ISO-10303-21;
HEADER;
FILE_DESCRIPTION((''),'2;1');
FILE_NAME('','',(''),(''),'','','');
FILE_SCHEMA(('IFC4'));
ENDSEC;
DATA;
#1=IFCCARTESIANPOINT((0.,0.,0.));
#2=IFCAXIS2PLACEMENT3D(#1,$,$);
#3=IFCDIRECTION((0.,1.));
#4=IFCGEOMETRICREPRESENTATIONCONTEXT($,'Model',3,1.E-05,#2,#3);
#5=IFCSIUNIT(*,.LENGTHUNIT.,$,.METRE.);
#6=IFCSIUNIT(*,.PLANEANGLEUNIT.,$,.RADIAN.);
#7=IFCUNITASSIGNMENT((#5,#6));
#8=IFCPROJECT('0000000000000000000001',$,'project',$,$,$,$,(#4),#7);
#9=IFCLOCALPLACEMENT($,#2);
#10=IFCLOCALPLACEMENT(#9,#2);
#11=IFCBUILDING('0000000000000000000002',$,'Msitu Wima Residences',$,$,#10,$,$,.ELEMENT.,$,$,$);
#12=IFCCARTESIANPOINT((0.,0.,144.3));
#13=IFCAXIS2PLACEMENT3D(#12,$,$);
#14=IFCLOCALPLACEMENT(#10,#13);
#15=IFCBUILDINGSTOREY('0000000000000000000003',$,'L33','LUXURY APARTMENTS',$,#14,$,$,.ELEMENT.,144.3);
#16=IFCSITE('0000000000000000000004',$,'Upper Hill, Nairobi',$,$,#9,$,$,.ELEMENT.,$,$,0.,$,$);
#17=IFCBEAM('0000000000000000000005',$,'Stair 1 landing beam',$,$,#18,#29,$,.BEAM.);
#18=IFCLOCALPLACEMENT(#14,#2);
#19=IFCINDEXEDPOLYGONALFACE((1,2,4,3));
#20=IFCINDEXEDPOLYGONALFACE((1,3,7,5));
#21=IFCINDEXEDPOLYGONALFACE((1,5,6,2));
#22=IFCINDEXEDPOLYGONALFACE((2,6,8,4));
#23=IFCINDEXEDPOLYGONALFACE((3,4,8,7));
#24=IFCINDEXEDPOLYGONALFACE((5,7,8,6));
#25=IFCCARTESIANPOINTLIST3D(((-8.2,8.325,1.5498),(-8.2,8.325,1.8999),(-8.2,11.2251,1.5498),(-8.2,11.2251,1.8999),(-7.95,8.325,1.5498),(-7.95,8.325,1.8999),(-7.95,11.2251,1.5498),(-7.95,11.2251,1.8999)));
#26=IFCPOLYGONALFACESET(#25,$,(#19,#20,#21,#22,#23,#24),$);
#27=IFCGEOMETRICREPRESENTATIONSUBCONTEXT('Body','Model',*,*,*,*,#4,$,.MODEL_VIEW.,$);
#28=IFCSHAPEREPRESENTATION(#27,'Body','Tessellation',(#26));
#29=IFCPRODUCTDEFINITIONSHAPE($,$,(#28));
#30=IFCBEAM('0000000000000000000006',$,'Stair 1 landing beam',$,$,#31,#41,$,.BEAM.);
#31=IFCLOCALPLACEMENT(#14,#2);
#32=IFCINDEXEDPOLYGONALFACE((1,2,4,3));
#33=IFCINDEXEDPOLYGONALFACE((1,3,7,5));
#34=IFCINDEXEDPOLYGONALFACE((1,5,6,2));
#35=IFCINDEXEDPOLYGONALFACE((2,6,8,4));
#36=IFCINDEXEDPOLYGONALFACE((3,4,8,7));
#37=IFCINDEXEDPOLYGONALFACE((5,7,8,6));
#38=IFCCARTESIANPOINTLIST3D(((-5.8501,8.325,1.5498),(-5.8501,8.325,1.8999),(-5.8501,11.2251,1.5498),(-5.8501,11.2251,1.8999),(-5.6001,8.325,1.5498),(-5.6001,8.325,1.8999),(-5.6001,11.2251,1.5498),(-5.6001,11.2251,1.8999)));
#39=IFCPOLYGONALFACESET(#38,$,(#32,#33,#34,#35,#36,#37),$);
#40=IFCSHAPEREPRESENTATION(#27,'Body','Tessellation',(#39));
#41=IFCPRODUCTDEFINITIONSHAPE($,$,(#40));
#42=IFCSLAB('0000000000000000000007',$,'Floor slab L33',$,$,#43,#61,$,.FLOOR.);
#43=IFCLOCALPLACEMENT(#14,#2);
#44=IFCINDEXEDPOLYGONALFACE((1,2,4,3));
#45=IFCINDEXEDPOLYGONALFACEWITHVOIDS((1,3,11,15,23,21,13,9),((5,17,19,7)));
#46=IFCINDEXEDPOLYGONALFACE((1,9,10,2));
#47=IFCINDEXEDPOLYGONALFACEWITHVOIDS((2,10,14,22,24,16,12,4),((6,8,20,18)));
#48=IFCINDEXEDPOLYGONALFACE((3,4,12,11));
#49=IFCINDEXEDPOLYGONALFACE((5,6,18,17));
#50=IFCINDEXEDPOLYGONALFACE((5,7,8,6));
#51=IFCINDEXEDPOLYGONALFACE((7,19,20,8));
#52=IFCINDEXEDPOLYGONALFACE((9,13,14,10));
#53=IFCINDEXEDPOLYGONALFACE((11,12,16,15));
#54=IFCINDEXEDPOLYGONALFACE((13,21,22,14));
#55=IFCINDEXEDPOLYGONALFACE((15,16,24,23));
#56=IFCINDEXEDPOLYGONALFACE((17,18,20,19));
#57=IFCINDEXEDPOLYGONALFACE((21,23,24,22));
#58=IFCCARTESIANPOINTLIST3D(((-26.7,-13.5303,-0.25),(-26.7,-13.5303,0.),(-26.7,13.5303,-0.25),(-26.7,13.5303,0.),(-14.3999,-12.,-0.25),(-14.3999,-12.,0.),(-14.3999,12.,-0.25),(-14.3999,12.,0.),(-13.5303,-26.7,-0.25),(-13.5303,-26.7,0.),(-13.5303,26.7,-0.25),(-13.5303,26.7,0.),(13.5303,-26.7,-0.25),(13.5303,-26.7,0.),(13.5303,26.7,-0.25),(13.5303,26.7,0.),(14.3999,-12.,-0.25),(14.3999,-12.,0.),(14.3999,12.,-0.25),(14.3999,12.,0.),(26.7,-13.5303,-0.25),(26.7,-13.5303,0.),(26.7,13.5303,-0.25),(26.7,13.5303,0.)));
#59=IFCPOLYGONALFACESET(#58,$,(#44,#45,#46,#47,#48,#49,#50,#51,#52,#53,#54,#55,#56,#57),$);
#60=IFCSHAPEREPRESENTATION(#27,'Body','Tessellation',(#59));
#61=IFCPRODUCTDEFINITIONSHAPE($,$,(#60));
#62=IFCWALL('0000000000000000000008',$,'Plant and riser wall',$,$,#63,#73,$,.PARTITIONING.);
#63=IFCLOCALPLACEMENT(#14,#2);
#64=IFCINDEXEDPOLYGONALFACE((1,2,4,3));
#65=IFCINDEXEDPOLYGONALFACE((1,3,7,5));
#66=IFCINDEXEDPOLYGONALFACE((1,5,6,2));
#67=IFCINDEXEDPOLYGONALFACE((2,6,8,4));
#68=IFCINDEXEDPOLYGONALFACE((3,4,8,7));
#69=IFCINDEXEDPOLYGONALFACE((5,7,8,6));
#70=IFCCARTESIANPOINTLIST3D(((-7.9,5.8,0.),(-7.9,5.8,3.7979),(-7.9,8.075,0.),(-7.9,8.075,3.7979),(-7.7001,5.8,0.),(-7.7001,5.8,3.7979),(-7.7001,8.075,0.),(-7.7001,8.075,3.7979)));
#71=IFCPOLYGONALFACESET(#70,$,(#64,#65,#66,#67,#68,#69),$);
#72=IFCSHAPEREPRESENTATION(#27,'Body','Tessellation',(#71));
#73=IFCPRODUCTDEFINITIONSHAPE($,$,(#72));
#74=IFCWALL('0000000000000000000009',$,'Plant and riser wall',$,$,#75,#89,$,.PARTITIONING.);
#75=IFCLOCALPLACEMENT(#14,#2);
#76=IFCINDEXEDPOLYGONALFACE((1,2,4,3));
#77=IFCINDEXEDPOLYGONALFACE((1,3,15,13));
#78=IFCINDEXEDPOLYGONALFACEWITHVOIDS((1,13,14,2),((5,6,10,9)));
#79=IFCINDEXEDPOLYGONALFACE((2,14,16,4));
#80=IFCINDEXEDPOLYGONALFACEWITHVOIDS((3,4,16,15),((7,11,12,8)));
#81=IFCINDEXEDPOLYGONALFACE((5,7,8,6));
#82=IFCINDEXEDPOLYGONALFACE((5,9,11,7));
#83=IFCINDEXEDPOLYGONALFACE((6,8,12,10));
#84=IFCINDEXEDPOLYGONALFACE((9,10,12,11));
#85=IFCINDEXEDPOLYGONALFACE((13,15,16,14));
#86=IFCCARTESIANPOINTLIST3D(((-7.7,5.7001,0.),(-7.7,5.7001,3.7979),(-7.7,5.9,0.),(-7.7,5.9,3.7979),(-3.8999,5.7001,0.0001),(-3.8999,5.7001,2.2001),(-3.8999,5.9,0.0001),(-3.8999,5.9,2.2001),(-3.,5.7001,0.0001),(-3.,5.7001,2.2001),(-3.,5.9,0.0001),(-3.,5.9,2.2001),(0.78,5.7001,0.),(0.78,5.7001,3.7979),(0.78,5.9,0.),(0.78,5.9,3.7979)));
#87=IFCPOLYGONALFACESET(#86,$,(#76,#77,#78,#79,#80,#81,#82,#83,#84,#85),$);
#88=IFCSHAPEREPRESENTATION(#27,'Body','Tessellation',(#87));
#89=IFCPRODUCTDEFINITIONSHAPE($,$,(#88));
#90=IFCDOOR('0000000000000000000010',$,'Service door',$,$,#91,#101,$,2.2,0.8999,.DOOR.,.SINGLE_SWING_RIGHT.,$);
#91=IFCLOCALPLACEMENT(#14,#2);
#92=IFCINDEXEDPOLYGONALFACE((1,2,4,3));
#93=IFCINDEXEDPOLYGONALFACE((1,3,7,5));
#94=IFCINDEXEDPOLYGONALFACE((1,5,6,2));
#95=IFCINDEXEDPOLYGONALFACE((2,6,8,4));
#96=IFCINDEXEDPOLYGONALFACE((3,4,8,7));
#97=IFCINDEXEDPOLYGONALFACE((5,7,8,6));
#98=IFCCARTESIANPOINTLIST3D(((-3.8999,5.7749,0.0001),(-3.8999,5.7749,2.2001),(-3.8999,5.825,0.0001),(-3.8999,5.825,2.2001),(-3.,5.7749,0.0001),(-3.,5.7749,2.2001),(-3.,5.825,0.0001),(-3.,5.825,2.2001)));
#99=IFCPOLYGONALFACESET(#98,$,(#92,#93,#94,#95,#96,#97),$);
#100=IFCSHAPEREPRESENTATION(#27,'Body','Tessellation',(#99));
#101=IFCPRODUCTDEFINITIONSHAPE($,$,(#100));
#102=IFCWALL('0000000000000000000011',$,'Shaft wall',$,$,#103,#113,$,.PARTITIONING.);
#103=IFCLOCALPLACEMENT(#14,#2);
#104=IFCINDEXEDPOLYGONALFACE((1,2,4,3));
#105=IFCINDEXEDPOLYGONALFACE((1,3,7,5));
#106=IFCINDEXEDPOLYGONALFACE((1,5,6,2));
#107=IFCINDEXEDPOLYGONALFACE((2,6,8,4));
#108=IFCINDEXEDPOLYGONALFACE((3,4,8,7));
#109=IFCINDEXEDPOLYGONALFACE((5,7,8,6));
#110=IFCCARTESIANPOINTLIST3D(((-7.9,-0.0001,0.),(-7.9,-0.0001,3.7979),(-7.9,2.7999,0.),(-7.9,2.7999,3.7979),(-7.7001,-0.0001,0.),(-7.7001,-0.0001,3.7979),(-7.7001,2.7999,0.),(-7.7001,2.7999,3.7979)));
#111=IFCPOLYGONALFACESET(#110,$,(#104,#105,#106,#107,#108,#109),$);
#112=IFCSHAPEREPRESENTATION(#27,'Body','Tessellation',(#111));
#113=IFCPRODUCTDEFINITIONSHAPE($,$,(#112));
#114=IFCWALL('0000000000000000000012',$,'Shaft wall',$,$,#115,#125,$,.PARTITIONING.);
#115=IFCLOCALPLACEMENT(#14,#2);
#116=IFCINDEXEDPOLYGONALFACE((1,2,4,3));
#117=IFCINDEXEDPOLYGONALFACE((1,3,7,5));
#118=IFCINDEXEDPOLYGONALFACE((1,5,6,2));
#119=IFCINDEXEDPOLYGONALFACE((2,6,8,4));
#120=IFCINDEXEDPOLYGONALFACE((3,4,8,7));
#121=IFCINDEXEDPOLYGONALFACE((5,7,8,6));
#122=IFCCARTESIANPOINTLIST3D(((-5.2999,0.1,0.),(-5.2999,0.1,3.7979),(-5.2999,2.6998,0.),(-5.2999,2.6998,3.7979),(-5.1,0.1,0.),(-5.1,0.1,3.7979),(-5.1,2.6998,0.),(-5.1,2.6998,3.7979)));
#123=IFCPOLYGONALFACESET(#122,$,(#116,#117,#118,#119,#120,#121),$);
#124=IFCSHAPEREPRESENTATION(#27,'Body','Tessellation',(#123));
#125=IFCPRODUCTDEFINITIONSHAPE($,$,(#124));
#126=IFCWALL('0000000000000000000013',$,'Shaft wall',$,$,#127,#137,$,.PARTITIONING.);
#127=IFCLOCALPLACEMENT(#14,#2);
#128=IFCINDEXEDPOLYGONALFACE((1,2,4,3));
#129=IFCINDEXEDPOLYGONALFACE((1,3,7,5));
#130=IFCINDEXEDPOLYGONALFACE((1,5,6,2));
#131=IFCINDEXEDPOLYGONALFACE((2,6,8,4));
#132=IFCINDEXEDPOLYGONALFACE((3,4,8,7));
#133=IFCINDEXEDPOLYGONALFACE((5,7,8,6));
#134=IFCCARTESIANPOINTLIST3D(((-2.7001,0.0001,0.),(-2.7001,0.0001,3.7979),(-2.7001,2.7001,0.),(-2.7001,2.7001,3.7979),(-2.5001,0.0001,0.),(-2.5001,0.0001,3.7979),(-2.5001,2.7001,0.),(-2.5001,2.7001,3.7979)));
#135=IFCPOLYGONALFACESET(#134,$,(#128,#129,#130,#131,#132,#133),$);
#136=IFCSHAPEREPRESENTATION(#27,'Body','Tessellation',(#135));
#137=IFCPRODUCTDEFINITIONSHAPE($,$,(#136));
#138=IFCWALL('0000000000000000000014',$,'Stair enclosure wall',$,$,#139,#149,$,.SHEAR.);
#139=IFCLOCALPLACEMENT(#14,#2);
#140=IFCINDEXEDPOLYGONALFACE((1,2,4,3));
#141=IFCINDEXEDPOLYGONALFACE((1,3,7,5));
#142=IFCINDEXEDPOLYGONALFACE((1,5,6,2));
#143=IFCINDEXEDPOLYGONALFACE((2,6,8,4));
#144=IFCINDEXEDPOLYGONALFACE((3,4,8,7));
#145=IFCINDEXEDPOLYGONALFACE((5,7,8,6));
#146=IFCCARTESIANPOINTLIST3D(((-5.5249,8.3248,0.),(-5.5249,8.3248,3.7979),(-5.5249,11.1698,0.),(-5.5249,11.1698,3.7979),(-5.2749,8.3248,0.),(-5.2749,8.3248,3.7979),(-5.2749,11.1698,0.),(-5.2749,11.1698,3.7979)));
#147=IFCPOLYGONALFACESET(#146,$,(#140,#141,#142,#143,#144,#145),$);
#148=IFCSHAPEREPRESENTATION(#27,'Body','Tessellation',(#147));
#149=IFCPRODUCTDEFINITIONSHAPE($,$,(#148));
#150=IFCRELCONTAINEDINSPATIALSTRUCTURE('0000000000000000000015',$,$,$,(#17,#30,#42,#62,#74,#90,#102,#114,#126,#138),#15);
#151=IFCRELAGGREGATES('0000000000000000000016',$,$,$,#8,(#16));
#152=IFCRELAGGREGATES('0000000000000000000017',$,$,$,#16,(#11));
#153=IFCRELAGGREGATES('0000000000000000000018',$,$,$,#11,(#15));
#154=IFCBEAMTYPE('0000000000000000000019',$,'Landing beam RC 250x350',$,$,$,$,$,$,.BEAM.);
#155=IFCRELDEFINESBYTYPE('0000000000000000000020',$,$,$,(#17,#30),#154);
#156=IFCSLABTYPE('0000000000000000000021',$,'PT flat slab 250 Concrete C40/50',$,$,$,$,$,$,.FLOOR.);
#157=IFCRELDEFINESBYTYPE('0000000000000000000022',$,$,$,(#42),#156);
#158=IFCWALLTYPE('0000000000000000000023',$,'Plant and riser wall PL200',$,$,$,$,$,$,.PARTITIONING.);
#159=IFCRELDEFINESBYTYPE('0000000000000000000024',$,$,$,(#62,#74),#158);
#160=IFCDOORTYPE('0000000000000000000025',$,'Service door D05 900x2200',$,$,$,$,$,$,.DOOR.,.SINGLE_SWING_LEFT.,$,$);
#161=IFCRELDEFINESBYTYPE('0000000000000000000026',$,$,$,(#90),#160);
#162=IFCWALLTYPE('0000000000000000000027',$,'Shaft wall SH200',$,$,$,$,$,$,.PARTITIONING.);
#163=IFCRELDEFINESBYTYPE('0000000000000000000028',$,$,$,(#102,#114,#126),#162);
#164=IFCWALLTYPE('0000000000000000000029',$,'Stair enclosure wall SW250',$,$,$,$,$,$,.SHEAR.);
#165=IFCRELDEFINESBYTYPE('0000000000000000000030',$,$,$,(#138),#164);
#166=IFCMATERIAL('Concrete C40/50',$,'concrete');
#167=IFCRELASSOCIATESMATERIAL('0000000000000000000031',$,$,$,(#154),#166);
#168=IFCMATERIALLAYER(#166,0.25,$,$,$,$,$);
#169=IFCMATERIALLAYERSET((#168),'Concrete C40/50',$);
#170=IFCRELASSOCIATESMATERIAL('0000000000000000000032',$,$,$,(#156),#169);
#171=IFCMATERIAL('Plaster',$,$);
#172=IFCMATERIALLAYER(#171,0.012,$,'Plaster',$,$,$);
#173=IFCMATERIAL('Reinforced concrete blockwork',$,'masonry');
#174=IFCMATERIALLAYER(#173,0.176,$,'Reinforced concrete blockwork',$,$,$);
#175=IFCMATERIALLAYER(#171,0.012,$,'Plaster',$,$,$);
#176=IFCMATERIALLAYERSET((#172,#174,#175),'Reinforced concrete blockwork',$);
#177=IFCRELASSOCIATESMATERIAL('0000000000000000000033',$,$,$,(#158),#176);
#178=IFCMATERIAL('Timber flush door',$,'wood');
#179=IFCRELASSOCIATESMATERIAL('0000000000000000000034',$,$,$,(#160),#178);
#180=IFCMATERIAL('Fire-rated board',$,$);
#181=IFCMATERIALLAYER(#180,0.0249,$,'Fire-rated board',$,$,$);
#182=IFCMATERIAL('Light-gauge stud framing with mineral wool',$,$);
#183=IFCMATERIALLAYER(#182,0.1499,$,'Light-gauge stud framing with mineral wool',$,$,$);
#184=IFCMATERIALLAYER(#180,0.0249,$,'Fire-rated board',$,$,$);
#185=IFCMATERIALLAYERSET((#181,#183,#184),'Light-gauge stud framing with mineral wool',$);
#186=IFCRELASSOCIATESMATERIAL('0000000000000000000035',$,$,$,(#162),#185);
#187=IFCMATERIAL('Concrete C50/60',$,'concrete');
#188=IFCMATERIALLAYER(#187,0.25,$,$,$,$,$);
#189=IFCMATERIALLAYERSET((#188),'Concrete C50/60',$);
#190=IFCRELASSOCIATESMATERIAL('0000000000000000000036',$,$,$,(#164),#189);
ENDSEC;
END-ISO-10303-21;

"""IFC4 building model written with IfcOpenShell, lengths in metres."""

from ifc_helpers import new_model, si_unit, direction, frame, frame_2d, origin, origin_2d, place, context, subcontext, project, spatial, polyline, rectangle, outline, extrude, material, layer, layer_set, material_profile, profile_set, type_object, element, fill, save


model = new_model("IFC4")

# Units and contexts
model_context = context("Model", 3, precision=1e-05, world=origin(), true_north=direction((0.0, 1.0)))
body_context = subcontext(model_context, "Body", "Model", "MODEL_VIEW")
ifc_project = project(units=[si_unit("LENGTHUNIT", "METRE"), si_unit("PLANEANGLEUNIT", "RADIAN")], contexts=[model_context])

# Site, building, storey
site_placement = place(None, origin())
site = spatial("IfcSite", under=ifc_project, at=site_placement, Name="Upper Hill, Nairobi", CompositionType="ELEMENT", RefElevation=0.0)
building_placement = place(site_placement, origin())
building = spatial("IfcBuilding", under=site, at=building_placement, Name="Msitu Wima Residences", CompositionType="ELEMENT")
storey_placement = place(building_placement, frame((0.0, 0.0, 144.3)))
storey = spatial("IfcBuildingStorey", under=building, at=storey_placement, Name="L33", Description="LUXURY APARTMENTS", CompositionType="ELEMENT", Elevation=144.3)

# Beams
ifc_material_1 = material(Name="Concrete C40/50", Category="concrete")
ifc_material_profile = material_profile(ifc_material_1, rectangle(XDim=0.25, YDim=0.3501, at=origin_2d()), Name="RC 250x350")
ifc_profile_set = profile_set([ifc_material_profile], Name="Concrete C40/50")
beam_type = type_object("IfcBeamType", Name="Landing beam RC 250x350", PredefinedType="BEAM", material=ifc_profile_set)
for number, where, z_axis, x_axis, name in (
    (1, (-8.075, 8.325, 1.7249), (0.0, 1.0, 0.0), (-1.0, 0.0, 0.0), "Stair 1 landing beam"),
    (2, (-5.7251, 8.325, 1.7249), (0.0, 1.0, 0.0), (-1.0, 0.0, 0.0), "Stair 1 landing beam"),
):
    element("IfcBeam", number, at=place(storey_placement, frame(where, z_axis=z_axis, x_axis=x_axis)), inside=storey, type_object=beam_type, Name=name, PredefinedType="BEAM", context=body_context, shape_type="SweptSolid", body=[
        extrude(rectangle(XDim=0.25, YDim=0.3501, at=origin_2d()), origin(), (0.0, 0.0, 1.0), 2.9001),
    ])

# Slab
ifc_layer_1 = layer(ifc_material_1, 0.25)
ifc_layer_set_1 = layer_set([ifc_layer_1], Name="Concrete C40/50")
slab_type = type_object("IfcSlabType", Name="PT flat slab 250 Concrete C40/50", PredefinedType="FLOOR", material=ifc_layer_set_1)
slab_placement = place(storey_placement, frame((0.0, 0.0, -0.25)))
element("IfcSlab", 3, at=slab_placement, inside=storey, type_object=slab_type, Name="Floor slab L33", PredefinedType="FLOOR", context=body_context, shape_type="SweptSolid", body=[
    extrude(outline(polyline([(26.7, -13.5303), (13.5303, -26.7), (-13.5303, -26.7), (-26.7, -13.5303), (-26.7, 13.5303), (-13.5303, 26.7), (13.5303, 26.7), (26.7, 13.5303), (26.7, -13.5303)]), holes=[polyline([(-14.3999, -12.0), (14.3999, -12.0), (14.3999, 12.0), (-14.3999, 12.0), (-14.3999, -12.0)])]), origin(), (0.0, 0.0, 1.0), 0.25),
])

# Shared definitions
ifc_material_2 = material(Name="Plaster")

# Wall
ifc_layer_2 = layer(ifc_material_2, 0.012, Name="Plaster")
ifc_material_3 = material(Name="Reinforced concrete blockwork", Category="masonry")
ifc_layer_3 = layer(ifc_material_3, 0.176, Name="Reinforced concrete blockwork")
ifc_layer_4 = layer(ifc_material_2, 0.012, Name="Plaster")
ifc_layer_set_2 = layer_set([ifc_layer_2, ifc_layer_3, ifc_layer_4], Name="Reinforced concrete blockwork")
wall_type_1 = type_object("IfcWallType", Name="Plant and riser wall PL200", PredefinedType="PARTITIONING", material=ifc_layer_set_2)
wall_1_placement = place(storey_placement, frame((-7.8, 5.8, 0.0), z_axis=(0.0, 0.0, 1.0), x_axis=(0.0, 1.0, 0.0)))
element("IfcWall", 4, at=wall_1_placement, inside=storey, type_object=wall_type_1, Name="Plant and riser wall", PredefinedType="PARTITIONING", context=body_context, shape_type="SweptSolid", body=[
    extrude(rectangle(XDim=2.2749, YDim=0.2, at=frame_2d((1.1375, 0.0))), origin(), (0.0, 0.0, 1.0), 3.7979),
])

# Wall, opening, door
wall_2_placement = place(storey_placement, frame((-7.7, 5.8, 0.0), z_axis=(0.0, 0.0, 1.0), x_axis=(1.0, 0.0, 0.0)))
wall_2 = element("IfcWall", 5, at=wall_2_placement, inside=storey, type_object=wall_type_1, Name="Plant and riser wall", PredefinedType="PARTITIONING", context=body_context, shape_type="SweptSolid", body=[
    extrude(rectangle(XDim=8.48, YDim=0.2, at=frame_2d((4.24, 0.0))), origin(), (0.0, 0.0, 1.0), 3.7979),
])
opening_1_placement = place(wall_2_placement, frame((3.8, 0.0, 0.0)))
opening_1 = element("IfcOpeningElement", 6, at=opening_1_placement, cuts=wall_2, PredefinedType="OPENING", context=body_context, shape_type="SweptSolid", body=[
    extrude(rectangle(XDim=0.8999, YDim=2.2, at=frame_2d((0.45, 1.1001))), frame((0.0, 0.1099, 0.0), z_axis=(0.0, -1.0, 0.0), x_axis=(1.0, 0.0, 0.0)), (0.0, 0.0, 1.0), 0.22),
])
ifc_material_4 = material(Name="Timber flush door", Category="wood")
door_type_1 = type_object("IfcDoorType", Name="Service door D05 900x2200", OperationType="SINGLE_SWING_LEFT", PredefinedType="DOOR", material=ifc_material_4)
door_1_placement = place(opening_1_placement, origin())
door_1 = element("IfcDoor", 7, at=door_1_placement, inside=storey, type_object=door_type_1, Name="Service door", OperationType="SINGLE_SWING_RIGHT", OverallHeight=2.2, OverallWidth=0.8999, PredefinedType="DOOR", context=body_context, shape_type="SweptSolid", body=[
    extrude(rectangle(XDim=0.8999, YDim=2.2, at=frame_2d((0.45, 1.1001))), frame((0.0, 0.0249, 0.0), z_axis=(0.0, -1.0, 0.0), x_axis=(1.0, 0.0, 0.0)), (0.0, 0.0, 1.0), 0.05),
])
fill(opening_1, door_1)

# Walls
ifc_material_5 = material(Name="Fire-rated board")
ifc_layer_5 = layer(ifc_material_5, 0.0249, Name="Fire-rated board")
ifc_material_6 = material(Name="Light-gauge stud framing with mineral wool")
ifc_layer_6 = layer(ifc_material_6, 0.1499, Name="Light-gauge stud framing with mineral wool")
ifc_layer_7 = layer(ifc_material_5, 0.0249, Name="Fire-rated board")
ifc_layer_set_3 = layer_set([ifc_layer_5, ifc_layer_6, ifc_layer_7], Name="Light-gauge stud framing with mineral wool")
wall_type_2 = type_object("IfcWallType", Name="Shaft wall SH200", PredefinedType="PARTITIONING", material=ifc_layer_set_3)
wall_3_placement = place(storey_placement, frame((-7.8, 0.0, 0.0), z_axis=(0.0, 0.0, 1.0), x_axis=(0.0, 1.0, 0.0)))
element("IfcWall", 8, at=wall_3_placement, inside=storey, type_object=wall_type_2, Name="Shaft wall", PredefinedType="PARTITIONING", context=body_context, shape_type="SweptSolid", body=[
    extrude(rectangle(XDim=2.8, YDim=0.2, at=frame_2d((1.3999, 0.0))), origin(), (0.0, 0.0, 1.0), 3.7979),
])
wall_4_placement = place(storey_placement, frame((-5.2, 0.1001, 0.0), z_axis=(0.0, 0.0, 1.0), x_axis=(0.0, 1.0, 0.0)))
element("IfcWall", 9, at=wall_4_placement, inside=storey, type_object=wall_type_2, Name="Shaft wall", PredefinedType="PARTITIONING", context=body_context, shape_type="SweptSolid", body=[
    extrude(rectangle(XDim=2.5999, YDim=0.2, at=frame_2d((1.2998, 0.0))), origin(), (0.0, 0.0, 1.0), 3.7979),
])
wall_5_placement = place(storey_placement, frame((-2.6001, 0.0, 0.0), z_axis=(0.0, 0.0, 1.0), x_axis=(0.0, 1.0, 0.0)))
element("IfcWall", 10, at=wall_5_placement, inside=storey, type_object=wall_type_2, Name="Shaft wall", PredefinedType="PARTITIONING", context=body_context, shape_type="SweptSolid", body=[
    extrude(rectangle(XDim=2.7, YDim=0.2, at=frame_2d((1.3501, 0.0))), origin(), (0.0, 0.0, 1.0), 3.7979),
])
ifc_material_7 = material(Name="Concrete C50/60", Category="concrete")
ifc_layer_8 = layer(ifc_material_7, 0.25)
ifc_layer_set_4 = layer_set([ifc_layer_8], Name="Concrete C50/60")
wall_type_3 = type_object("IfcWallType", Name="Stair enclosure wall SW250", PredefinedType="SHEAR", material=ifc_layer_set_4)
wall_6_placement = place(storey_placement, frame((-5.3999, 8.325, 0.0), z_axis=(0.0, 0.0, 1.0), x_axis=(0.0, 1.0, 0.0)))
element("IfcWall", 11, at=wall_6_placement, inside=storey, type_object=wall_type_3, Name="Stair enclosure wall", PredefinedType="SHEAR", context=body_context, shape_type="SweptSolid", body=[
    extrude(rectangle(XDim=2.845, YDim=0.25, at=frame_2d((1.4224, 0.0))), origin(), (0.0, 0.0, 1.0), 3.7979),
])

save(model, "model.ifc")
